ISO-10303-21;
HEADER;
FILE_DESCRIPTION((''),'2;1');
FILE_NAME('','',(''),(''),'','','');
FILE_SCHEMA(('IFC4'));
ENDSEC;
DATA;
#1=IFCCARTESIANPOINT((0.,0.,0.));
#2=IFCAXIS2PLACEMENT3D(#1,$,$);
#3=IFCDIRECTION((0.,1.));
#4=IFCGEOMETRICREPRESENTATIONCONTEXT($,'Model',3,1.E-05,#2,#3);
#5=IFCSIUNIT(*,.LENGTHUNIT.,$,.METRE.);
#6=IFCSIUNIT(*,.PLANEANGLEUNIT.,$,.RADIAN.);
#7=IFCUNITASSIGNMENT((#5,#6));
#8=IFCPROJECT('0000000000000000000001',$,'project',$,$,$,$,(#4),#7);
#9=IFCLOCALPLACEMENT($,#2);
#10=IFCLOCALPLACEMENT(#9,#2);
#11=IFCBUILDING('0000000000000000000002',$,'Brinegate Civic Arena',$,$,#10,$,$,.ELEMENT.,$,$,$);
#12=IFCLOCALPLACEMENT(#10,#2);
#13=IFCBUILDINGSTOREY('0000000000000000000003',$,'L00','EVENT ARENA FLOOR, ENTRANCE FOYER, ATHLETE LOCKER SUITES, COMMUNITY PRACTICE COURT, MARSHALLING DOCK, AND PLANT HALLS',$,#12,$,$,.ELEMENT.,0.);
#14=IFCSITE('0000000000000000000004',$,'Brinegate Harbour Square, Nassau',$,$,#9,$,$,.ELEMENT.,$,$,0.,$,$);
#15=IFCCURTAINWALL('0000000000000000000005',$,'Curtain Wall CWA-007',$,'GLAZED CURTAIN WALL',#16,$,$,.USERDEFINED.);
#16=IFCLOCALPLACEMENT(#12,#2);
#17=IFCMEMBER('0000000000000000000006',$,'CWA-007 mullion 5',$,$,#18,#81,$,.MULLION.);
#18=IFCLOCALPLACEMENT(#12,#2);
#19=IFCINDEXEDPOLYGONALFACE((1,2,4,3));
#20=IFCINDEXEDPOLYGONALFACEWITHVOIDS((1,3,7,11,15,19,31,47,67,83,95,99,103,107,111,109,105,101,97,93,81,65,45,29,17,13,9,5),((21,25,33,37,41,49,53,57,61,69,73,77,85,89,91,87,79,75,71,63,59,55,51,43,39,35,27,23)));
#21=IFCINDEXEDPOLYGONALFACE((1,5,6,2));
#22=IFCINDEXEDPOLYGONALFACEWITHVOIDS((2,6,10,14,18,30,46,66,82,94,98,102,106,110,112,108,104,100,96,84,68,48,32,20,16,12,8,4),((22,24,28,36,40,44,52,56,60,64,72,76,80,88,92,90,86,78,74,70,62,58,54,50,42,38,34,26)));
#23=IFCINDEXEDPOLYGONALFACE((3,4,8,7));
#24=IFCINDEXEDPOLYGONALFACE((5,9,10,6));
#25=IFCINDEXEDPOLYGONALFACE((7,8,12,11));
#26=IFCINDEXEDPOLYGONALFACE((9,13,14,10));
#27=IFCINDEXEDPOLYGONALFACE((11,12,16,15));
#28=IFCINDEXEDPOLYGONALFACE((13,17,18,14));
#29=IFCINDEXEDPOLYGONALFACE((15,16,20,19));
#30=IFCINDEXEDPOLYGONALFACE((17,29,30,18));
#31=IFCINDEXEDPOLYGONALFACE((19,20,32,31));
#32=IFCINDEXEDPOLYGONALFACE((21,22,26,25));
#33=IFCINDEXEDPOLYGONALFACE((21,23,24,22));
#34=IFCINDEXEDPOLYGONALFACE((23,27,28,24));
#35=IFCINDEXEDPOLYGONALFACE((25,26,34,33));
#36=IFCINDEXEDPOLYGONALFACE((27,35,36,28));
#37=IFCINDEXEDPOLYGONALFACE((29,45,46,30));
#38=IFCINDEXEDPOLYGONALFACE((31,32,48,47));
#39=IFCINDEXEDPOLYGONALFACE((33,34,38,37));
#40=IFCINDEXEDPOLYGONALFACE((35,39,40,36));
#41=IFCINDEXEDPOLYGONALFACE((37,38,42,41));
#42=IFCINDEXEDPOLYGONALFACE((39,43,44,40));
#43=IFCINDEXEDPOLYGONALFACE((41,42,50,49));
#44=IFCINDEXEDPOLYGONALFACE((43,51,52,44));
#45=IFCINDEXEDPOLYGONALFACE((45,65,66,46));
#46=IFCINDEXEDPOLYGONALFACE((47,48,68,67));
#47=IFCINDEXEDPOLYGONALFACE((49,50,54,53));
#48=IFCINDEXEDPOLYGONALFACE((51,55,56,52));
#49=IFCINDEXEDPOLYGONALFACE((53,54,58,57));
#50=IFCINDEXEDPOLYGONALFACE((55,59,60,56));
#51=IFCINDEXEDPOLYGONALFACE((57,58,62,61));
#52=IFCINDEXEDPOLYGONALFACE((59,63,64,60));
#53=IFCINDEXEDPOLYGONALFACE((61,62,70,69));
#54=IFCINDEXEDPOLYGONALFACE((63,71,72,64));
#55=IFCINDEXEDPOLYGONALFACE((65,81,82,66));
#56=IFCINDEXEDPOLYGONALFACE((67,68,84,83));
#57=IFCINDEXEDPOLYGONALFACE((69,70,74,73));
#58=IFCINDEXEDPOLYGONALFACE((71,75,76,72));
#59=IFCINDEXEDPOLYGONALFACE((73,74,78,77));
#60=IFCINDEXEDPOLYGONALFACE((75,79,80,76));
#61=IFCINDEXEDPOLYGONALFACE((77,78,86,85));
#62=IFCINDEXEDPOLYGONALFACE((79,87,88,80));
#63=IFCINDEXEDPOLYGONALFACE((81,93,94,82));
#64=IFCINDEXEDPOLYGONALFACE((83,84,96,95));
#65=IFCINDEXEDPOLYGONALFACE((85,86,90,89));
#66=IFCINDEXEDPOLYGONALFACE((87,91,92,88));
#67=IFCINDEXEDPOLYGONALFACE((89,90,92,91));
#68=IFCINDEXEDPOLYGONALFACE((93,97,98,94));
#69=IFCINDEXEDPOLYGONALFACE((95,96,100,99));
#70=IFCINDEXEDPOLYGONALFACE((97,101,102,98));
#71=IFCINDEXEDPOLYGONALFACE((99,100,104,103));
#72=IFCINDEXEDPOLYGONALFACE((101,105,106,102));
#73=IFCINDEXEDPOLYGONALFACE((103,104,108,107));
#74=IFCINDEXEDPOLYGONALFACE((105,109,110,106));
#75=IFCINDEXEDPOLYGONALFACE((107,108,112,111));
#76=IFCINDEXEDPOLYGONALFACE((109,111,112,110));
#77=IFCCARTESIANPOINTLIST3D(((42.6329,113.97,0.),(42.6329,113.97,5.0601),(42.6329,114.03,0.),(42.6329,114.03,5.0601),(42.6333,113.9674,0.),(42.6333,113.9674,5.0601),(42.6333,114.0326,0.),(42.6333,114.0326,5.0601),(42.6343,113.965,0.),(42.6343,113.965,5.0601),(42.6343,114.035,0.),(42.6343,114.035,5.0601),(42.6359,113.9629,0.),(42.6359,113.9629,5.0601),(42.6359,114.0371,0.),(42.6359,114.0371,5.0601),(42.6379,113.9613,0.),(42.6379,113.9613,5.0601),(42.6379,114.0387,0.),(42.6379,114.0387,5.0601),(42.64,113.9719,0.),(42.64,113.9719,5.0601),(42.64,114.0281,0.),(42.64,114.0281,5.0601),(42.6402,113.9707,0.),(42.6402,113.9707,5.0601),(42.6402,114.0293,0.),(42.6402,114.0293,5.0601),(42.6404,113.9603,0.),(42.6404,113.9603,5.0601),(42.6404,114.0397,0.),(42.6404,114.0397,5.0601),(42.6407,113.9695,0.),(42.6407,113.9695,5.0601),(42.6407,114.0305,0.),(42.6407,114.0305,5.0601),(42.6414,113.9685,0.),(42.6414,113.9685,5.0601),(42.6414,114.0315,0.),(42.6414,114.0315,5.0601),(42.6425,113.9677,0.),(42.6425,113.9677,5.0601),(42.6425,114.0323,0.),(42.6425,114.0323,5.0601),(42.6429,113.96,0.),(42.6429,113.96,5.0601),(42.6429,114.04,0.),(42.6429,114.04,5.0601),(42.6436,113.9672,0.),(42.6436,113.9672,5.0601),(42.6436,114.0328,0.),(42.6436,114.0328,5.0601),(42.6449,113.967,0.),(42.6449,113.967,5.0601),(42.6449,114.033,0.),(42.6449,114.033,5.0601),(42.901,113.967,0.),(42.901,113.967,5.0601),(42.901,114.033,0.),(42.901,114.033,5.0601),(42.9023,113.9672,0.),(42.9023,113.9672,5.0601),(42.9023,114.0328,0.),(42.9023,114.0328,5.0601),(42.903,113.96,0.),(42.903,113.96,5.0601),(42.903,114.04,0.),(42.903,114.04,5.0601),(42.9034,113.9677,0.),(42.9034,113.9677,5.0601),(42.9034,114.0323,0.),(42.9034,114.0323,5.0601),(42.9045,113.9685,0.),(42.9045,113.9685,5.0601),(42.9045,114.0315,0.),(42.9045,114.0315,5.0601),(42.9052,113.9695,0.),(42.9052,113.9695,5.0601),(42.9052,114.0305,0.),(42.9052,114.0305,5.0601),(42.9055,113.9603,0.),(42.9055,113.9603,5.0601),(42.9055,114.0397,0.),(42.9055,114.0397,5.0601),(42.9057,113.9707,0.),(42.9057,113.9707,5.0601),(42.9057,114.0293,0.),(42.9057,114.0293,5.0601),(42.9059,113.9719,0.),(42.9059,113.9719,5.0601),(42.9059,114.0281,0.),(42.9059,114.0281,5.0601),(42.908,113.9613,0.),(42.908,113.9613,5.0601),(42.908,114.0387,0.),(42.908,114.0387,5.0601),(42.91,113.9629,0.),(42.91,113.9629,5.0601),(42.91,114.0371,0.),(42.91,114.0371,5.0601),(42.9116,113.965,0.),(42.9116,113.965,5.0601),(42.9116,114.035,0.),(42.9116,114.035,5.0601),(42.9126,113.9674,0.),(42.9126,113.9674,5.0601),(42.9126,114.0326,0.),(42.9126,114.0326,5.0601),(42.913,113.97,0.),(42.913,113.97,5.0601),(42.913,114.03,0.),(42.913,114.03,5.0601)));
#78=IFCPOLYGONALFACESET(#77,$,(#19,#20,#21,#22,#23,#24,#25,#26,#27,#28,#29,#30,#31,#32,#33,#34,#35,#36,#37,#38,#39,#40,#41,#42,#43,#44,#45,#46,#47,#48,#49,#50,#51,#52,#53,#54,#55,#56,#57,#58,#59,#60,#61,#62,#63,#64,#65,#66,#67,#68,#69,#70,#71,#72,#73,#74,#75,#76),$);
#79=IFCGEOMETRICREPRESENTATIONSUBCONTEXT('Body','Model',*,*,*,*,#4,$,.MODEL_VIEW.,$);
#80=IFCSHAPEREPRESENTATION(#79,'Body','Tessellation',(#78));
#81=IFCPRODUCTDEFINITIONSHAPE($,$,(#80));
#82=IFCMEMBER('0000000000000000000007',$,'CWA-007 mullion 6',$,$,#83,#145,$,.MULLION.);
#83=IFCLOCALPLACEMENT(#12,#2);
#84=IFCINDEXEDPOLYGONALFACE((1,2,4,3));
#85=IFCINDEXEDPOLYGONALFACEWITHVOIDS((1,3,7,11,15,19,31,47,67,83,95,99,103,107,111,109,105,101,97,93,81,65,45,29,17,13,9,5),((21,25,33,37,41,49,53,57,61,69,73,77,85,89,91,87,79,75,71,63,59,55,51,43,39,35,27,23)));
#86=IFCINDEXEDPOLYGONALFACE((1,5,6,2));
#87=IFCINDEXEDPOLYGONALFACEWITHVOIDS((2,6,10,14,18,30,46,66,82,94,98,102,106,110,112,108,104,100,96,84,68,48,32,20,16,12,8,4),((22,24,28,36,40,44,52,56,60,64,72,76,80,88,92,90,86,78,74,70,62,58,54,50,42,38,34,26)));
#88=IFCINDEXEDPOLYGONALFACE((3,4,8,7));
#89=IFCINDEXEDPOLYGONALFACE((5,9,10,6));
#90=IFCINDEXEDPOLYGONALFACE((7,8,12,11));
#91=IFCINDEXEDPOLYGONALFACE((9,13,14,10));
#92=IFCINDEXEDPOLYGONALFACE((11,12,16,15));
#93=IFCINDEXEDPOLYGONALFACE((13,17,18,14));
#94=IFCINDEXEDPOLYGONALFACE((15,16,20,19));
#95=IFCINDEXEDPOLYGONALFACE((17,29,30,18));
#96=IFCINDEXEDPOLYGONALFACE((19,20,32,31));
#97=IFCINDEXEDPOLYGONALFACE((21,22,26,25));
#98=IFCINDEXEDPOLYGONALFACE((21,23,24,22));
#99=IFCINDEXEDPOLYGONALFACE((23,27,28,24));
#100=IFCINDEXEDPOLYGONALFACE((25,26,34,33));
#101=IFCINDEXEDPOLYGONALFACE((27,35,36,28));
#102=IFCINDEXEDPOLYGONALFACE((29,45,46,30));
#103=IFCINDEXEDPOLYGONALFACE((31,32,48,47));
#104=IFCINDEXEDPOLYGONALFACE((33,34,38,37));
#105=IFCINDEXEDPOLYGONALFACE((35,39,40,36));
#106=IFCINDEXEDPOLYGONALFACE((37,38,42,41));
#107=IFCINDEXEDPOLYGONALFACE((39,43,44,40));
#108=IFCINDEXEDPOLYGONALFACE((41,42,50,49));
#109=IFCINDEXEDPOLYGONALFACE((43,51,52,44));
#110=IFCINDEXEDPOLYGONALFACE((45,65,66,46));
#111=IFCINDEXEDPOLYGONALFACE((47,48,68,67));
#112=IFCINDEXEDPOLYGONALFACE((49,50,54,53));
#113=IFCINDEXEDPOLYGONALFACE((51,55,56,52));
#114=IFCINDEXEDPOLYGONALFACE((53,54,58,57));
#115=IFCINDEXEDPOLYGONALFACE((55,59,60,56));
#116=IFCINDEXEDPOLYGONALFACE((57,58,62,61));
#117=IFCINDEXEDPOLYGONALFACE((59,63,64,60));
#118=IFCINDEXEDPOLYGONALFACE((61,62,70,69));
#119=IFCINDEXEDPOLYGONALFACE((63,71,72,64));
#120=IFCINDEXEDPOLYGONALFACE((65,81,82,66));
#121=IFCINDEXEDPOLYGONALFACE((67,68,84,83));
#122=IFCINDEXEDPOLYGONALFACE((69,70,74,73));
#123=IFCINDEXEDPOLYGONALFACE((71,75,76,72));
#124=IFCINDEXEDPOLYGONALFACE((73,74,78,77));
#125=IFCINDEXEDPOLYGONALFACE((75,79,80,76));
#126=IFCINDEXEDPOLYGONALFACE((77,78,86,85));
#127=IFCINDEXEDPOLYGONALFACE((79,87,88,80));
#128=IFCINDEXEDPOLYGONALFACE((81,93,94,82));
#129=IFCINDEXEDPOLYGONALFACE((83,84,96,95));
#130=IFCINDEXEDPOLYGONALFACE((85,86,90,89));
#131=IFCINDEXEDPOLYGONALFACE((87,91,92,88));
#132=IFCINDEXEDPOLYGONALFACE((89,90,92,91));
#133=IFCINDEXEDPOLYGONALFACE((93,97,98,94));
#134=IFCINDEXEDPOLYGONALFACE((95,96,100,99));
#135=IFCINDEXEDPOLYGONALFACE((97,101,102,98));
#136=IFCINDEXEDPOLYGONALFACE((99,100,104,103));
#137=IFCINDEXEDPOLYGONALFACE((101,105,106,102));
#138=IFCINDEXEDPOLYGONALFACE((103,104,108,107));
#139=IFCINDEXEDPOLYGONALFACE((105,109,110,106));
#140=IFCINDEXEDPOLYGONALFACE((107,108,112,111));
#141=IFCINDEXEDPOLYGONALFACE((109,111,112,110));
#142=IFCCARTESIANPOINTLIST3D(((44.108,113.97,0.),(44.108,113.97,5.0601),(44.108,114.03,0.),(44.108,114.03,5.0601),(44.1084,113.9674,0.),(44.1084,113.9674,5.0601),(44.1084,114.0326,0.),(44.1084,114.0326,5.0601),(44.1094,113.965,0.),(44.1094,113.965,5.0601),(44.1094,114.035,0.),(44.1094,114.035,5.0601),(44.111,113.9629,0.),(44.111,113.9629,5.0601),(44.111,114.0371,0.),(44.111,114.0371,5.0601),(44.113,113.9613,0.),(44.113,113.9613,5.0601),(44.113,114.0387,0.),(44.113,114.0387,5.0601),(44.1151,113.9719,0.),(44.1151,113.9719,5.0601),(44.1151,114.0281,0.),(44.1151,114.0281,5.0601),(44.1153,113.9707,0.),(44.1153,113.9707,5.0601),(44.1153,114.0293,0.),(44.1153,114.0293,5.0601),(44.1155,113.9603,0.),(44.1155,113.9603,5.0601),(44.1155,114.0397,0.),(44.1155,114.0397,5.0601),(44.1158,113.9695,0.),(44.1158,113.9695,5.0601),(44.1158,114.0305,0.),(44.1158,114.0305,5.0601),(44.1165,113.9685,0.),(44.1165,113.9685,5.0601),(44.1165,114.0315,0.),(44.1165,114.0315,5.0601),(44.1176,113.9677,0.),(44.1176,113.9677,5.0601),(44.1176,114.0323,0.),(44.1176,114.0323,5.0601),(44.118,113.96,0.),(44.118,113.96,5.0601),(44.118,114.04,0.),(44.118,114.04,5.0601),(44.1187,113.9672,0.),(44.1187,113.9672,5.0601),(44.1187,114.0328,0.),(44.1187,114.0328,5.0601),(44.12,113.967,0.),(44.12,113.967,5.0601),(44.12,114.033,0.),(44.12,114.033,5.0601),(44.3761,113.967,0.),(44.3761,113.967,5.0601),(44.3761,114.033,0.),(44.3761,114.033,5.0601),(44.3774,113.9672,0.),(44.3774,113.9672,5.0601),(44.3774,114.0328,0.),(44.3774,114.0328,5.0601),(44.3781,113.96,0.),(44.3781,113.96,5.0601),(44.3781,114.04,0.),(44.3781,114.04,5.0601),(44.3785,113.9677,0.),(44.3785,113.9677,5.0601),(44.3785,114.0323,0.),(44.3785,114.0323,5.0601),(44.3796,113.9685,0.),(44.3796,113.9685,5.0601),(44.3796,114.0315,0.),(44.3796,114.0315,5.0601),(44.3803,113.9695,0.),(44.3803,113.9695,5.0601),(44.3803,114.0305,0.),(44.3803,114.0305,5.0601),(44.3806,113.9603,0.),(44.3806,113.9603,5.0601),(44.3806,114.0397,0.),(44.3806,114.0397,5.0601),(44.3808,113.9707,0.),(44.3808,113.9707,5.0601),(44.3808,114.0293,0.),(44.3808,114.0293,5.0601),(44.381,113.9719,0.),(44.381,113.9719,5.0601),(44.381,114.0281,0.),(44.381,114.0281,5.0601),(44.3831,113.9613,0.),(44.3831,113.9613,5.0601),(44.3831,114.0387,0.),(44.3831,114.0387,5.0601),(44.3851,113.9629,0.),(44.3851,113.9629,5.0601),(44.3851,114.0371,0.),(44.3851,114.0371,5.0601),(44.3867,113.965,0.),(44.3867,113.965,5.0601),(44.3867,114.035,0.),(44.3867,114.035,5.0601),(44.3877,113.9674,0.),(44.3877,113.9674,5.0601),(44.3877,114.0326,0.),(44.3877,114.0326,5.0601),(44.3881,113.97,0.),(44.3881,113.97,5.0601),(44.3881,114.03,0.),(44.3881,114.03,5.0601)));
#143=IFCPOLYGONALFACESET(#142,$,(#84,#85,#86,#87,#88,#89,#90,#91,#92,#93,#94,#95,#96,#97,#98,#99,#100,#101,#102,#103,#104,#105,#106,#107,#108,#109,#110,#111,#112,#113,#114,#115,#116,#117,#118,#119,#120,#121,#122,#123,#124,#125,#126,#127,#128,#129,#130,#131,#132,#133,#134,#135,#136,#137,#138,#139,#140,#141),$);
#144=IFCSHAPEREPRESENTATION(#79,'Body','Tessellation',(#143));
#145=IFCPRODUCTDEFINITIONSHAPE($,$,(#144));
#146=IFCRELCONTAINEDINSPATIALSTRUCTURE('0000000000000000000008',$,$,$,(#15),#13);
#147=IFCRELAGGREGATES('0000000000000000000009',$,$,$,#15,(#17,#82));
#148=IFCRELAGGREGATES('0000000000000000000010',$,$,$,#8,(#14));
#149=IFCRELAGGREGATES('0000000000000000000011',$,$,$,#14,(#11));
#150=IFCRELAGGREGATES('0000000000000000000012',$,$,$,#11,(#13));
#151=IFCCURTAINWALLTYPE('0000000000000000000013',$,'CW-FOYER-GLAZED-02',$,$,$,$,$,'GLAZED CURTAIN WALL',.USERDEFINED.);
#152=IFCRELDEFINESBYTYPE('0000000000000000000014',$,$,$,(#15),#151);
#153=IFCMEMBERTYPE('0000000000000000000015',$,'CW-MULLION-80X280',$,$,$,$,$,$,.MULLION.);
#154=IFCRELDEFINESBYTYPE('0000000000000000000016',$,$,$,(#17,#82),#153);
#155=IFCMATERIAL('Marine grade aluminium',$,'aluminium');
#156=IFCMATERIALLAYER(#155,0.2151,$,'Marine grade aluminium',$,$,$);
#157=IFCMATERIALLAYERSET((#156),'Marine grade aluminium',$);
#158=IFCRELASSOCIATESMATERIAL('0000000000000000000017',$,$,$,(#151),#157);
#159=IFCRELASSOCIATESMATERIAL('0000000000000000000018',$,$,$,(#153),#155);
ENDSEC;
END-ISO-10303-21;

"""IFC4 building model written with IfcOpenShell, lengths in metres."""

from ifc_helpers import new_model, si_unit, direction, frame, origin, origin_2d, place, context, subcontext, project, spatial, hollow_rectangle, extrude, material, layer, layer_set, material_profile, profile_set, type_object, element, aggregate, save


model = new_model("IFC4")

# Units and contexts
model_context = context("Model", 3, precision=1e-05, world=origin(), true_north=direction((0.0, 1.0)))
body_context = subcontext(model_context, "Body", "Model", "MODEL_VIEW")
ifc_project = project(units=[si_unit("LENGTHUNIT", "METRE"), si_unit("PLANEANGLEUNIT", "RADIAN")], contexts=[model_context])

# Site, building, storey
site_placement = place(None, origin())
site = spatial("IfcSite", under=ifc_project, at=site_placement, Name="Brinegate Harbour Square, Nassau", CompositionType="ELEMENT", RefElevation=0.0)
building_placement = place(site_placement, origin())
building = spatial("IfcBuilding", under=site, at=building_placement, Name="Brinegate Civic Arena", CompositionType="ELEMENT")
storey_placement = place(building_placement, origin())
storey = spatial("IfcBuildingStorey", under=building, at=storey_placement, Name="L00", Description="EVENT ARENA FLOOR, ENTRANCE FOYER, ATHLETE LOCKER SUITES, COMMUNITY PRACTICE COURT, MARSHALLING DOCK, AND PLANT HALLS", CompositionType="ELEMENT", Elevation=0.0)

# Curtain wall, members
ifc_material_1 = material(Name="Marine grade aluminium", Category="aluminium")
ifc_layer_1 = layer(ifc_material_1, 0.2151, Name="Marine grade aluminium")
ifc_layer_set_1 = layer_set([ifc_layer_1], Name="Marine grade aluminium")
curtain_wall_type = type_object("IfcCurtainWallType", Name="CW-FOYER-GLAZED-02", ElementType="GLAZED CURTAIN WALL", PredefinedType="USERDEFINED", material=ifc_layer_set_1)
curtain_wall_placement = place(storey_placement, origin())
curtain_wall = element("IfcCurtainWall", 1, at=curtain_wall_placement, inside=storey, type_object=curtain_wall_type, Name="Curtain Wall CWA-007", ObjectType="GLAZED CURTAIN WALL", PredefinedType="USERDEFINED")
ifc_material_profile_1 = material_profile(ifc_material_1, hollow_rectangle(XDim=0.0801, YDim=0.28, WallThickness=0.0071, InnerFilletRadius=0.0049, OuterFilletRadius=0.01, at=origin_2d()), Name="MUL80X280")
ifc_profile_set_1 = profile_set([ifc_material_profile_1], Name="Marine grade aluminium")
member_type_1 = type_object("IfcMemberType", Name="CW-MULLION-80X280", PredefinedType="MULLION", material=ifc_profile_set_1)
member_1_placement = place(storey_placement, frame((42.7729, 114.0, 0.0), z_axis=(0.0, 0.0, 1.0), x_axis=(0.0, 1.0, 0.0)))
member_1 = element("IfcMember", 2, at=member_1_placement, type_object=member_type_1, Name="CWA-007 mullion 5", PredefinedType="MULLION", context=body_context, shape_type="SweptSolid", body=[
    extrude(hollow_rectangle(XDim=0.0801, YDim=0.28, WallThickness=0.0071, InnerFilletRadius=0.0049, OuterFilletRadius=0.01, at=origin_2d()), origin(), (0.0, 0.0, 1.0), 5.0601),
])
member_2_placement = place(storey_placement, frame((44.248, 114.0, 0.0), z_axis=(0.0, 0.0, 1.0), x_axis=(0.0, 1.0, 0.0)))
member_2 = element("IfcMember", 3, at=member_2_placement, type_object=member_type_1, Name="CWA-007 mullion 6", PredefinedType="MULLION", context=body_context, shape_type="SweptSolid", body=[
    extrude(hollow_rectangle(XDim=0.0801, YDim=0.28, WallThickness=0.0071, InnerFilletRadius=0.0049, OuterFilletRadius=0.01, at=origin_2d()), origin(), (0.0, 0.0, 1.0), 5.0601),
])
aggregate(curtain_wall, [member_1, member_2])

save(model, "model.ifc")
